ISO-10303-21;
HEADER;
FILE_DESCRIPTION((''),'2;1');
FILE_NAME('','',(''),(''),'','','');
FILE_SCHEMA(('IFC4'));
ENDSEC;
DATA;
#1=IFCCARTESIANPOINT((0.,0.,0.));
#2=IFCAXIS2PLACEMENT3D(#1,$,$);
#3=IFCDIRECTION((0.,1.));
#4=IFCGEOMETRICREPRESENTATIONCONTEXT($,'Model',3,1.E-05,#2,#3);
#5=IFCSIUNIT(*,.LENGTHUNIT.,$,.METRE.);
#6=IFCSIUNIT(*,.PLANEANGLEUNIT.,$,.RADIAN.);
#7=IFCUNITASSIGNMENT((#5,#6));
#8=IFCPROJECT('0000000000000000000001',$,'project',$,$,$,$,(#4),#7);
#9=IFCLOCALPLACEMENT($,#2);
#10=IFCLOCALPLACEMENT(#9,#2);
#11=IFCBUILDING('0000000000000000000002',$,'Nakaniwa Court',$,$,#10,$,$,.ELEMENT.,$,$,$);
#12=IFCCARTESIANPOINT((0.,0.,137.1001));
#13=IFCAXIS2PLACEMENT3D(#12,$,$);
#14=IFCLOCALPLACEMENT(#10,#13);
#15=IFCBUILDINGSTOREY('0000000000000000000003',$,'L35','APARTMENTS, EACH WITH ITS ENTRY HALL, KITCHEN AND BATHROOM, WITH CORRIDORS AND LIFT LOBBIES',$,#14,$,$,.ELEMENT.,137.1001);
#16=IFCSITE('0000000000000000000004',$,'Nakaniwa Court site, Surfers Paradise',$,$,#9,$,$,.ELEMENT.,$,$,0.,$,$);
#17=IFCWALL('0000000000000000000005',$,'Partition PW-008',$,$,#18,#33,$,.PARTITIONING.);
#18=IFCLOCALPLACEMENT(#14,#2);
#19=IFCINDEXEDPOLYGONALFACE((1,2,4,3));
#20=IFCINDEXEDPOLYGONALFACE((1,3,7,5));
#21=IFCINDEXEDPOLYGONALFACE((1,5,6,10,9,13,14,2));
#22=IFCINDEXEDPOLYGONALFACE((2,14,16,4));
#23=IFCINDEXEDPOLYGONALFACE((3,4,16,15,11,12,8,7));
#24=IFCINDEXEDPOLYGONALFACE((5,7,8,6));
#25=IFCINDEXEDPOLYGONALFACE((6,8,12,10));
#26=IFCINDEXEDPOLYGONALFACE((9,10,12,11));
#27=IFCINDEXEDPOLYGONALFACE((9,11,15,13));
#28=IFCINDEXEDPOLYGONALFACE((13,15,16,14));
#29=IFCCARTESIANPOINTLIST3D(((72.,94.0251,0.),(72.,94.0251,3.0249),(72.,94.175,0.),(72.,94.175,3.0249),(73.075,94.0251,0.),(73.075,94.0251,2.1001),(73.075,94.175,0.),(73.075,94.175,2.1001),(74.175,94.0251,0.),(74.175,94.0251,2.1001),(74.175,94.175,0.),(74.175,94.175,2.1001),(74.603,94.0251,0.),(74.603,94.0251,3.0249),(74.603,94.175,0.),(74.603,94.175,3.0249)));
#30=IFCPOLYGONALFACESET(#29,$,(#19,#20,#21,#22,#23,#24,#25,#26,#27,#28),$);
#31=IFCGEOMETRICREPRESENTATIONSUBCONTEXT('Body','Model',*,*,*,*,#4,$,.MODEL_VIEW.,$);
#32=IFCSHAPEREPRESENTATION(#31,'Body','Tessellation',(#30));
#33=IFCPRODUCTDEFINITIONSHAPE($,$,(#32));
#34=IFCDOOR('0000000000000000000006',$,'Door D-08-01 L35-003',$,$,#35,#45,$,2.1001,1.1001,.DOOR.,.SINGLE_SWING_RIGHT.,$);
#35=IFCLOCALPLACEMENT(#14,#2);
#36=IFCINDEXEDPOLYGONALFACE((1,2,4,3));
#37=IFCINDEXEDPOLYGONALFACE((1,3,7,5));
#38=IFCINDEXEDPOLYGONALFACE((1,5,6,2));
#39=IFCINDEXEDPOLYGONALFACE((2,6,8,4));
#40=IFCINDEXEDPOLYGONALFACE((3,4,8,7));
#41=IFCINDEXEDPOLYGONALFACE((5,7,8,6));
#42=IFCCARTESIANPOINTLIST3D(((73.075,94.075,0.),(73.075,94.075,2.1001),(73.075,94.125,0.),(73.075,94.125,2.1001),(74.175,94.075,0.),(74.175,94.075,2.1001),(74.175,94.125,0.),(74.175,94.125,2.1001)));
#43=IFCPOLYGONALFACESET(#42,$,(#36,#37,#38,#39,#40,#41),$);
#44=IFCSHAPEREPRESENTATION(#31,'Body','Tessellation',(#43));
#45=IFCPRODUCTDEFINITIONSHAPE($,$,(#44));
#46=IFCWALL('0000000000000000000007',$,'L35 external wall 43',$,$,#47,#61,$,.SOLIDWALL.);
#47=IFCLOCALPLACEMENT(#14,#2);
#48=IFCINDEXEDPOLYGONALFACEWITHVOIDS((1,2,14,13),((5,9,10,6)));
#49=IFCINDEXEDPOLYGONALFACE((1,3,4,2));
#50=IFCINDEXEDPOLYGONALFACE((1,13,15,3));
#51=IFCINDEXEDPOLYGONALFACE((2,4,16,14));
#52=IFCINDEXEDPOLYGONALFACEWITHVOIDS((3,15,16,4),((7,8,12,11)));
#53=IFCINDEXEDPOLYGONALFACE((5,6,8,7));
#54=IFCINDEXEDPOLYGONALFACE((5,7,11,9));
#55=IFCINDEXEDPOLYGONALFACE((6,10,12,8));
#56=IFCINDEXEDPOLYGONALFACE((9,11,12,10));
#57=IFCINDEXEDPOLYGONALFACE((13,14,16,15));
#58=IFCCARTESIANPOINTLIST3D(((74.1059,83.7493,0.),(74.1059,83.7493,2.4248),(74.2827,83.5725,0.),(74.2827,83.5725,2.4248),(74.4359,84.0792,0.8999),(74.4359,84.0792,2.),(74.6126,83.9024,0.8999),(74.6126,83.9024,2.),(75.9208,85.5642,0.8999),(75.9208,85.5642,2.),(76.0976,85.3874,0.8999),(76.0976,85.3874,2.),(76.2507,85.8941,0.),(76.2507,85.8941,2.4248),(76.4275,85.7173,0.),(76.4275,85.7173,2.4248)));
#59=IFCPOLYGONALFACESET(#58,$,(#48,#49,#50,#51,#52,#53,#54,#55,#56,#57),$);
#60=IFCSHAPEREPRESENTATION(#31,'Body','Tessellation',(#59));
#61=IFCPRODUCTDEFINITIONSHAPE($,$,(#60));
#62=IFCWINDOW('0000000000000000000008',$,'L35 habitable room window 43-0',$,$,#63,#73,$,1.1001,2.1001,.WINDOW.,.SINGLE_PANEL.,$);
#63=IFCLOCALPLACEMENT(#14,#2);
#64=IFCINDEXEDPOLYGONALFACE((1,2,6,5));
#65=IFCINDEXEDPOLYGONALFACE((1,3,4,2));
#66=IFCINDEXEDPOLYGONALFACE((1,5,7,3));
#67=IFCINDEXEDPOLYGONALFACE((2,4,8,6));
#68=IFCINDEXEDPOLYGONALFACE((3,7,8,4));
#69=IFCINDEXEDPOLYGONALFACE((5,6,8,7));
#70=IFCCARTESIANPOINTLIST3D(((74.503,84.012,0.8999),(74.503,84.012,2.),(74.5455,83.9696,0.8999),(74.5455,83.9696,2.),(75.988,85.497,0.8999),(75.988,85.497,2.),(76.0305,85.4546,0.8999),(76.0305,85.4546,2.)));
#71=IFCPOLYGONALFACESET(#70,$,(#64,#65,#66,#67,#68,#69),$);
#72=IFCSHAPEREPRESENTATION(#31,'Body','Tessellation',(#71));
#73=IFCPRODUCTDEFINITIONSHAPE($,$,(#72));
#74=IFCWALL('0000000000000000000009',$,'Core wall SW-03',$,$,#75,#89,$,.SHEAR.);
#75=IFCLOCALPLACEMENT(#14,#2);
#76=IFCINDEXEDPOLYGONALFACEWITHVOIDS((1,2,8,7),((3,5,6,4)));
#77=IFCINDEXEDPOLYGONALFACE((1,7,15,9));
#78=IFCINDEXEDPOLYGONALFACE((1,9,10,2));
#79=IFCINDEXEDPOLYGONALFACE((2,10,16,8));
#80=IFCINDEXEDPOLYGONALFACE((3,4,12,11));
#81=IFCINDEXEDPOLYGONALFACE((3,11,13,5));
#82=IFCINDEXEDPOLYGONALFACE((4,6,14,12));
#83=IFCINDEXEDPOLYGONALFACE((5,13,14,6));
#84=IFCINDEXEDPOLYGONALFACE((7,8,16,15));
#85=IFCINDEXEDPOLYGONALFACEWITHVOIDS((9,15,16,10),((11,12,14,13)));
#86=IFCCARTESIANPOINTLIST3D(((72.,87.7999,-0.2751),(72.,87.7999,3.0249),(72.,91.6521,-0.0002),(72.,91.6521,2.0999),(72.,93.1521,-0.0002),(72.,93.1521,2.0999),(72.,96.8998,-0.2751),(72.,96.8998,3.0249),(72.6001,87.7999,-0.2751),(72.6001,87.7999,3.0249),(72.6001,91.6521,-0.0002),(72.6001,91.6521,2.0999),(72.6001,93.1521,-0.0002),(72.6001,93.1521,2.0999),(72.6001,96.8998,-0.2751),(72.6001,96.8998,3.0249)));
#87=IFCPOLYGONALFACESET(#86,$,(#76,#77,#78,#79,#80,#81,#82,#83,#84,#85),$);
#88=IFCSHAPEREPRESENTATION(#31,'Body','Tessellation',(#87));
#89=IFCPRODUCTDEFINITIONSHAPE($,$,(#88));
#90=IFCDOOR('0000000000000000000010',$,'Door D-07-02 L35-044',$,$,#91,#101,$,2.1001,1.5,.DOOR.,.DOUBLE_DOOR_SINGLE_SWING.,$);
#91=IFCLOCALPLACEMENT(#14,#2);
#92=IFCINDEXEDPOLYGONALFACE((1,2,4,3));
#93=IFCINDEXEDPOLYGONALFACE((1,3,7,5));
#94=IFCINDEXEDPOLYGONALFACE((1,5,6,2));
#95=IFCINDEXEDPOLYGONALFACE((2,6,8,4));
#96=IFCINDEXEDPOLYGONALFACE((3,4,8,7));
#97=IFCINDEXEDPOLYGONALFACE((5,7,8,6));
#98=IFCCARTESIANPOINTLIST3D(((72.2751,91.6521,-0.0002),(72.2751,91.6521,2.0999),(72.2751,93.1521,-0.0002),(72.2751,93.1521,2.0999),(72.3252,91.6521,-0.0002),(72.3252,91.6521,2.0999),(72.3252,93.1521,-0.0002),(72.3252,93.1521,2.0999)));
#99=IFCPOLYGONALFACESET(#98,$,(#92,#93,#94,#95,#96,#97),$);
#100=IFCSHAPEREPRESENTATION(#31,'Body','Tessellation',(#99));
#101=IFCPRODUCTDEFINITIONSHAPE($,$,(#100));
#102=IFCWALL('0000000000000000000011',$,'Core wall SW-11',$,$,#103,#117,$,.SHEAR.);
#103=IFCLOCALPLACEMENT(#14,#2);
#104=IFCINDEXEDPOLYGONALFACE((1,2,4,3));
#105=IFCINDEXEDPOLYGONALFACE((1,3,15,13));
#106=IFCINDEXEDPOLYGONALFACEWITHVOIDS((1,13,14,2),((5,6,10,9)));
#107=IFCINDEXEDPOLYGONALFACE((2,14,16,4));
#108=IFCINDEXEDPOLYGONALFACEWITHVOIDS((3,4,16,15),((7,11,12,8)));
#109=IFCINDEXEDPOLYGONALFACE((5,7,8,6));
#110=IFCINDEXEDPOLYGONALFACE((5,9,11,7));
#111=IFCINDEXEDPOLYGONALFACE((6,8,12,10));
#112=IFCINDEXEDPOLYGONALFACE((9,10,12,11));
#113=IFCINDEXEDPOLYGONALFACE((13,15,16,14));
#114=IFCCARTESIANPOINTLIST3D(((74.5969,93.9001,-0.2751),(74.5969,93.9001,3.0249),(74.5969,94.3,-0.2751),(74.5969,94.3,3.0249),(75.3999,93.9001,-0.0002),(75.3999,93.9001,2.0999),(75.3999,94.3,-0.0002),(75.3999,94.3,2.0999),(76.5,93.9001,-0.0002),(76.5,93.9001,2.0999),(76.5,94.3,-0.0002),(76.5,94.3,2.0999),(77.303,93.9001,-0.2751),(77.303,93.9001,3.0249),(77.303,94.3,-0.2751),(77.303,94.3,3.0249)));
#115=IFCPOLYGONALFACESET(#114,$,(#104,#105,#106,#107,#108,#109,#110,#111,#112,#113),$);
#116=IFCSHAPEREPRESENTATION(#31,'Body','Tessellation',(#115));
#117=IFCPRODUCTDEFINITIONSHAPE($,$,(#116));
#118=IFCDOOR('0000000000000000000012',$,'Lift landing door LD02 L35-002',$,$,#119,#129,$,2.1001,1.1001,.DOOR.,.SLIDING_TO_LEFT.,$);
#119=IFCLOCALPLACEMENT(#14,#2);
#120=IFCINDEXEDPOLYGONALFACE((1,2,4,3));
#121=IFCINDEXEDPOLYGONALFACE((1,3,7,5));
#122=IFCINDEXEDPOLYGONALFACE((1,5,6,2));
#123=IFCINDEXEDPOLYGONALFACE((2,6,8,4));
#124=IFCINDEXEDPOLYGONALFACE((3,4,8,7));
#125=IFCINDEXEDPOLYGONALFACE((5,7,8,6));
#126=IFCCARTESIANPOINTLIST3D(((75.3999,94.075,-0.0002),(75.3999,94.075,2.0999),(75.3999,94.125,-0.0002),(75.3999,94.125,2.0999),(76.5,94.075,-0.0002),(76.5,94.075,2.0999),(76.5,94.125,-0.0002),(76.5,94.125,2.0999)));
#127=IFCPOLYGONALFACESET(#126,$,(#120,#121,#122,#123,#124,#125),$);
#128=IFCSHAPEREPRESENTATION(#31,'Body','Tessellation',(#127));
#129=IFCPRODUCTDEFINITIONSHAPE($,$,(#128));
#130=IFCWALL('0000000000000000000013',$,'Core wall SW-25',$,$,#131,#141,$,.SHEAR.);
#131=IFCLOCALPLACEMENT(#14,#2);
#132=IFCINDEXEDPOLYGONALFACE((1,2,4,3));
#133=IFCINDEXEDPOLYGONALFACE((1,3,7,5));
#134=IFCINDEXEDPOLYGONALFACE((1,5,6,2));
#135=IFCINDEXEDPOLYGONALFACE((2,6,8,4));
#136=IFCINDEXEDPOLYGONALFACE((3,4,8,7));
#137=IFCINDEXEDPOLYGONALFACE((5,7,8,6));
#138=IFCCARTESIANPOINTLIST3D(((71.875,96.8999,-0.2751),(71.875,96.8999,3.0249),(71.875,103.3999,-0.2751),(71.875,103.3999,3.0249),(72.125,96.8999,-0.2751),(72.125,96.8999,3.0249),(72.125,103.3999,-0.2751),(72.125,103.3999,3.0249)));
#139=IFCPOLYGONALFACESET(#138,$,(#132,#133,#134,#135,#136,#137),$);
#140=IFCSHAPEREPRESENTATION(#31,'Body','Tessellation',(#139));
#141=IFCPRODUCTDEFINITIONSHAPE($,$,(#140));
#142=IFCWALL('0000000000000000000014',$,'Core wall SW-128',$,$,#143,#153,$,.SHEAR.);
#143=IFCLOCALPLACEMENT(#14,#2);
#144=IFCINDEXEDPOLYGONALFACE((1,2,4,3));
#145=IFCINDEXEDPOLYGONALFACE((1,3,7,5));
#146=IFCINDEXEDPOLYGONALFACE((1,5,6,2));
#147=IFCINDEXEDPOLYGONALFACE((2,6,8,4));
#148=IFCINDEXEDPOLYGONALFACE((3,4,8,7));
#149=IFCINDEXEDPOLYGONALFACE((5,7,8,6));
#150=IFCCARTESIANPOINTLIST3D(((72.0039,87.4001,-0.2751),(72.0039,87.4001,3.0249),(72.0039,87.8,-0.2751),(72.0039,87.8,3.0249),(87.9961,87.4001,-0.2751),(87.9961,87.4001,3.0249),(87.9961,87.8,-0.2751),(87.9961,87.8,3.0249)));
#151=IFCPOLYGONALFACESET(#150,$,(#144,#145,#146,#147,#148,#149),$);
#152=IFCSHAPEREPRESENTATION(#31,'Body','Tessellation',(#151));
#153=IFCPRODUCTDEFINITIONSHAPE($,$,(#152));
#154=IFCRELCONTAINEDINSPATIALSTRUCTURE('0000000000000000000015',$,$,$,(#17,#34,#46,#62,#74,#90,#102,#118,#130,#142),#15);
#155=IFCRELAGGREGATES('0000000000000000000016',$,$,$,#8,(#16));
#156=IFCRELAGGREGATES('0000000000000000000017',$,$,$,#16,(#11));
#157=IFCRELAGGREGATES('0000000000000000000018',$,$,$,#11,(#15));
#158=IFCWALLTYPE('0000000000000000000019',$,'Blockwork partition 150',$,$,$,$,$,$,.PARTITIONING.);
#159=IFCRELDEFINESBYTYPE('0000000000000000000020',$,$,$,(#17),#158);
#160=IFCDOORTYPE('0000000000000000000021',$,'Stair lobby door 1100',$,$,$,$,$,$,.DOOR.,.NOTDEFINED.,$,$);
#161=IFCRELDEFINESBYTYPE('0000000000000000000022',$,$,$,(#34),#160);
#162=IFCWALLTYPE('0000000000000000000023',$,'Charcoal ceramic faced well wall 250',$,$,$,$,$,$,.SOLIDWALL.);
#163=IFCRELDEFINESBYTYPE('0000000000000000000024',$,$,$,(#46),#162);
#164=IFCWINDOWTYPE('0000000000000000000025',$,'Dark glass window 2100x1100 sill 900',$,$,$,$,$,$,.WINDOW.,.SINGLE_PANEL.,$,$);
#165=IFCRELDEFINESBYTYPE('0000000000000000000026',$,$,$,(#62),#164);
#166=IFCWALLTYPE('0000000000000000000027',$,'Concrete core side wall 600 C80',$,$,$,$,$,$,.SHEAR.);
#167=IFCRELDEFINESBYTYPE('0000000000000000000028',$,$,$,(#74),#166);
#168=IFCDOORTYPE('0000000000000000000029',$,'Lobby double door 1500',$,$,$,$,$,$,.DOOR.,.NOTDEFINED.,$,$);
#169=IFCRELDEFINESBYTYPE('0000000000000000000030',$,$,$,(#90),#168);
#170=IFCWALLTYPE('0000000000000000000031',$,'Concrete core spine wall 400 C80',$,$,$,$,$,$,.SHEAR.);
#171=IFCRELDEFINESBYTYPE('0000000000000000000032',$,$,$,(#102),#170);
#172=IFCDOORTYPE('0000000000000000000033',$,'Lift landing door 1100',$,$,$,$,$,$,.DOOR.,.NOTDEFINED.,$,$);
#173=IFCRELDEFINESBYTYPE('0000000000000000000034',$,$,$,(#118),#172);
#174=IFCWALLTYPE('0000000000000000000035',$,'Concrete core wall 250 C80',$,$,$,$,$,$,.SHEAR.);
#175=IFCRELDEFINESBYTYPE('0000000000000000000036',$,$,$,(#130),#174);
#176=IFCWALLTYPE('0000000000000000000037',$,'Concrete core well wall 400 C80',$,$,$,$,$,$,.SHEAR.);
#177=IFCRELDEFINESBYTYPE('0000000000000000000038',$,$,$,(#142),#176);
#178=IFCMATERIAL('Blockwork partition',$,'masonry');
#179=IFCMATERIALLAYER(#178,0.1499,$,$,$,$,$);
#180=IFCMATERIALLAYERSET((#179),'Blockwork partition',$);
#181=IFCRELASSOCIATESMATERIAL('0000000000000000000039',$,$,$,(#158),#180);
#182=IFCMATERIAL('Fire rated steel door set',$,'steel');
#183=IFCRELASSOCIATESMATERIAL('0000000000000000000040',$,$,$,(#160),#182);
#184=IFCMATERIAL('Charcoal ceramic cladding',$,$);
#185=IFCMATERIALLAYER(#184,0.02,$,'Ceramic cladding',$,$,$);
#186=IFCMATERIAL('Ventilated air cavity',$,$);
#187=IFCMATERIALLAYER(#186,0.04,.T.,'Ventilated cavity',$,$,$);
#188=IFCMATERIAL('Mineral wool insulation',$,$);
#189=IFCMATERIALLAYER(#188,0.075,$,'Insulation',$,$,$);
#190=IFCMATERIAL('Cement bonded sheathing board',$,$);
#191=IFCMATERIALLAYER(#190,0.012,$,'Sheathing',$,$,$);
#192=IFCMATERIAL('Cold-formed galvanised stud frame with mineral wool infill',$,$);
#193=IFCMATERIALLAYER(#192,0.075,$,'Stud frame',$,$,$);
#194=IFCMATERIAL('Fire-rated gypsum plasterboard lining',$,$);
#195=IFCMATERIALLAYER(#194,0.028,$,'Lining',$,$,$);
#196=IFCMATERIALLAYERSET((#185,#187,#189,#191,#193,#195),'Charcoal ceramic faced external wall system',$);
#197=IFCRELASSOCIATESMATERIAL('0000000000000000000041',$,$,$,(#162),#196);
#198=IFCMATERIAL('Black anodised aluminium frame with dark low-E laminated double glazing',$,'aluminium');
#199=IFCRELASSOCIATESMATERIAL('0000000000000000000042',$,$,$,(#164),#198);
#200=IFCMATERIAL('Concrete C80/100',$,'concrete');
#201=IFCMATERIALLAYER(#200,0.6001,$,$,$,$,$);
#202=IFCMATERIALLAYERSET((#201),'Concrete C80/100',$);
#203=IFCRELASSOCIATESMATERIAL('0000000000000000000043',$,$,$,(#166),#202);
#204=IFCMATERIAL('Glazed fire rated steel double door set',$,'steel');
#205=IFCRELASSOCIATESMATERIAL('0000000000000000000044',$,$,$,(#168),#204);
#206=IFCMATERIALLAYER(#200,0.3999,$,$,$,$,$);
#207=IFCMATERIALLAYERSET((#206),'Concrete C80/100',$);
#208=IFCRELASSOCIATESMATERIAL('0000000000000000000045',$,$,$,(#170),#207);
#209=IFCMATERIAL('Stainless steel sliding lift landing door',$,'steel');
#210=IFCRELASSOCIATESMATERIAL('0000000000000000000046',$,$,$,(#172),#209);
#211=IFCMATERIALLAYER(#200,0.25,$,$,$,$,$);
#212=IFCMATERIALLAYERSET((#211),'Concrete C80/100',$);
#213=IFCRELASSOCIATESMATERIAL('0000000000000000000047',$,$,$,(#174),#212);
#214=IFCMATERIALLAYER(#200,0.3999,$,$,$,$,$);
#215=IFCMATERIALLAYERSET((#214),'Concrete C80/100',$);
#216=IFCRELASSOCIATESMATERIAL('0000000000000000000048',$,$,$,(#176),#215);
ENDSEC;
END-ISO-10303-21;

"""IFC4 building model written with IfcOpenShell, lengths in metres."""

from ifc_helpers import new_model, si_unit, direction, frame, frame_2d, origin, place, context, subcontext, project, spatial, rectangle, extrude, material, layer, layer_set, type_object, element, fill, save


model = new_model("IFC4")

# Units and contexts
model_context = context("Model", 3, precision=1e-05, world=origin(), true_north=direction((0.0, 1.0)))
body_context = subcontext(model_context, "Body", "Model", "MODEL_VIEW")
ifc_project = project(units=[si_unit("LENGTHUNIT", "METRE"), si_unit("PLANEANGLEUNIT", "RADIAN")], contexts=[model_context])

# Site, building, storey
site_placement = place(None, origin())
site = spatial("IfcSite", under=ifc_project, at=site_placement, Name="Nakaniwa Court site, Surfers Paradise", CompositionType="ELEMENT", RefElevation=0.0)
building_placement = place(site_placement, origin())
building = spatial("IfcBuilding", under=site, at=building_placement, Name="Nakaniwa Court", CompositionType="ELEMENT")
storey_placement = place(building_placement, frame((0.0, 0.0, 137.1001)))
storey = spatial("IfcBuildingStorey", under=building, at=storey_placement, Name="L35", Description="APARTMENTS, EACH WITH ITS ENTRY HALL, KITCHEN AND BATHROOM, WITH CORRIDORS AND LIFT LOBBIES", CompositionType="ELEMENT", Elevation=137.1001)

# Shared definitions
ifc_material_1 = material(Name="Concrete C80/100", Category="concrete")

# Shared definitions
ifc_material_2 = material(Name="Blockwork partition", Category="masonry")
ifc_layer_1 = layer(ifc_material_2, 0.1499)
ifc_layer_set_1 = layer_set([ifc_layer_1], Name="Blockwork partition")
wall_type_1 = type_object("IfcWallType", Name="Blockwork partition 150", PredefinedType="PARTITIONING", material=ifc_layer_set_1)

# Wall, opening, door
wall_1_placement = place(storey_placement, frame((72.0, 94.1001, 0.0), z_axis=(0.0, 0.0, 1.0), x_axis=(1.0, 0.0, 0.0)))
wall_1 = element("IfcWall", 1, at=wall_1_placement, inside=storey, type_object=wall_type_1, Name="Partition PW-008", PredefinedType="PARTITIONING", context=body_context, shape_type="SweptSolid", body=[
    extrude(rectangle(XDim=2.603, YDim=0.1499, at=frame_2d((1.3015, 0.0))), origin(), (0.0, 0.0, 1.0), 3.0249),
])
opening_1_placement = place(wall_1_placement, frame((1.075, 0.0, 0.0)))
opening_1 = element("IfcOpeningElement", 2, at=opening_1_placement, cuts=wall_1, PredefinedType="OPENING", context=body_context, shape_type="SweptSolid", body=[
    extrude(rectangle(XDim=1.1001, YDim=2.1001, at=frame_2d((0.55, 1.05))), frame((0.0, 0.085, 0.0), z_axis=(0.0, -1.0, 0.0), x_axis=(1.0, 0.0, 0.0)), (0.0, 0.0, 1.0), 0.1699),
])
ifc_material_3 = material(Name="Fire rated steel door set", Category="steel")
door_type_1 = type_object("IfcDoorType", Name="Stair lobby door 1100", OperationType="NOTDEFINED", PredefinedType="DOOR", material=ifc_material_3)
door_1_placement = place(opening_1_placement, origin())
door_1 = element("IfcDoor", 3, at=door_1_placement, inside=storey, type_object=door_type_1, Name="Door D-08-01 L35-003", OperationType="SINGLE_SWING_RIGHT", OverallHeight=2.1001, OverallWidth=1.1001, PredefinedType="DOOR", context=body_context, shape_type="SweptSolid", body=[
    extrude(rectangle(XDim=1.1001, YDim=2.1001, at=frame_2d((0.55, 1.05))), frame((0.0, 0.0249, 0.0), z_axis=(0.0, -1.0, 0.0), x_axis=(1.0, 0.0, 0.0)), (0.0, 0.0, 1.0), 0.05),
])
fill(opening_1, door_1)

# Wall, opening, window
ifc_material_4 = material(Name="Charcoal ceramic cladding")
ifc_layer_2 = layer(ifc_material_4, 0.02, Name="Ceramic cladding")
ifc_material_5 = material(Name="Ventilated air cavity")
ifc_layer_3 = layer(ifc_material_5, 0.04, ventilated=True, Name="Ventilated cavity")
ifc_material_6 = material(Name="Mineral wool insulation")
ifc_layer_4 = layer(ifc_material_6, 0.075, Name="Insulation")
ifc_material_7 = material(Name="Cement bonded sheathing board")
ifc_layer_5 = layer(ifc_material_7, 0.012, Name="Sheathing")
ifc_material_8 = material(Name="Cold-formed galvanised stud frame with mineral wool infill")
ifc_layer_6 = layer(ifc_material_8, 0.075, Name="Stud frame")
ifc_material_9 = material(Name="Fire-rated gypsum plasterboard lining")
ifc_layer_7 = layer(ifc_material_9, 0.028, Name="Lining")
ifc_layer_set_2 = layer_set([ifc_layer_2, ifc_layer_3, ifc_layer_4, ifc_layer_5, ifc_layer_6, ifc_layer_7], Name="Charcoal ceramic faced external wall system")
wall_type_2 = type_object("IfcWallType", Name="Charcoal ceramic faced well wall 250", PredefinedType="SOLIDWALL", material=ifc_layer_set_2)
wall_2_placement = place(storey_placement, frame((74.1943, 83.6609, 0.0), z_axis=(0.0, 0.0, 1.0), x_axis=(0.707107, 0.707107, 0.0)))
wall_2 = element("IfcWall", 4, at=wall_2_placement, inside=storey, type_object=wall_type_2, Name="L35 external wall 43", PredefinedType="SOLIDWALL", context=body_context, shape_type="SweptSolid", body=[
    extrude(rectangle(XDim=3.0332, YDim=0.25, at=frame_2d((1.5166, 0.0))), origin(), (0.0, 0.0, 1.0), 2.4248),
])
opening_2_placement = place(wall_2_placement, frame((0.4666, 0.0, 0.8999)))
opening_2 = element("IfcOpeningElement", 5, at=opening_2_placement, cuts=wall_2, PredefinedType="OPENING", context=body_context, shape_type="SweptSolid", body=[
    extrude(rectangle(XDim=2.1001, YDim=1.1001, at=frame_2d((1.05, 0.55))), frame((0.0, 0.135, 0.0), z_axis=(0.0, -1.0, 0.0), x_axis=(1.0, 0.0, 0.0)), (0.0, 0.0, 1.0), 0.27),
])
ifc_material_10 = material(Name="Black anodised aluminium frame with dark low-E laminated double glazing", Category="aluminium")
window_type = type_object("IfcWindowType", Name="Dark glass window 2100x1100 sill 900", PartitioningType="SINGLE_PANEL", PredefinedType="WINDOW", material=ifc_material_10)
window_placement = place(opening_2_placement, origin())
window = element("IfcWindow", 6, at=window_placement, inside=storey, type_object=window_type, Name="L35 habitable room window 43-0", OverallHeight=1.1001, OverallWidth=2.1001, PartitioningType="SINGLE_PANEL", PredefinedType="WINDOW", context=body_context, shape_type="SweptSolid", body=[
    extrude(rectangle(XDim=2.1001, YDim=1.1001, at=frame_2d((1.05, 0.55))), frame((0.0, 0.03, 0.0), z_axis=(0.0, -1.0, 0.0), x_axis=(1.0, 0.0, 0.0)), (0.0, 0.0, 1.0), 0.0601),
])
fill(opening_2, window)

# Walls, openings, doors
ifc_layer_8 = layer(ifc_material_1, 0.6001)
ifc_layer_set_3 = layer_set([ifc_layer_8], Name="Concrete C80/100")
wall_type_3 = type_object("IfcWallType", Name="Concrete core side wall 600 C80", PredefinedType="SHEAR", material=ifc_layer_set_3)
wall_3_placement = place(storey_placement, frame((72.3, 87.8, -0.2751), z_axis=(0.0, 0.0, 1.0), x_axis=(0.0, 1.0, 0.0)))
wall_3 = element("IfcWall", 7, at=wall_3_placement, inside=storey, type_object=wall_type_3, Name="Core wall SW-03", PredefinedType="SHEAR", context=body_context, shape_type="SweptSolid", body=[
    extrude(rectangle(XDim=9.0999, YDim=0.6001, at=frame_2d((4.5498, 0.0))), origin(), (0.0, 0.0, 1.0), 3.3),
])
opening_3_placement = place(wall_3_placement, frame((3.8521, 0.0, 0.2749)))
opening_3 = element("IfcOpeningElement", 8, at=opening_3_placement, cuts=wall_3, PredefinedType="OPENING", context=body_context, shape_type="SweptSolid", body=[
    extrude(rectangle(XDim=1.5, YDim=2.1001, at=frame_2d((0.75, 1.05))), frame((0.0, 0.3101, 0.0), z_axis=(0.0, -1.0, 0.0), x_axis=(1.0, 0.0, 0.0)), (0.0, 0.0, 1.0), 0.6201),
])
ifc_material_11 = material(Name="Glazed fire rated steel double door set", Category="steel")
door_type_2 = type_object("IfcDoorType", Name="Lobby double door 1500", OperationType="NOTDEFINED", PredefinedType="DOOR", material=ifc_material_11)
door_2_placement = place(opening_3_placement, origin())
door_2 = element("IfcDoor", 9, at=door_2_placement, inside=storey, type_object=door_type_2, Name="Door D-07-02 L35-044", OperationType="DOUBLE_DOOR_SINGLE_SWING", OverallHeight=2.1001, OverallWidth=1.5, PredefinedType="DOOR", context=body_context, shape_type="SweptSolid", body=[
    extrude(rectangle(XDim=1.5, YDim=2.1001, at=frame_2d((0.75, 1.05))), frame((0.0, 0.0249, 0.0), z_axis=(0.0, -1.0, 0.0), x_axis=(1.0, 0.0, 0.0)), (0.0, 0.0, 1.0), 0.05),
])
fill(opening_3, door_2)
ifc_layer_9 = layer(ifc_material_1, 0.3999)
ifc_layer_set_4 = layer_set([ifc_layer_9], Name="Concrete C80/100")
wall_type_4 = type_object("IfcWallType", Name="Concrete core spine wall 400 C80", PredefinedType="SHEAR", material=ifc_layer_set_4)
wall_4_placement = place(storey_placement, frame((74.5969, 94.1001, -0.2751), z_axis=(0.0, 0.0, 1.0), x_axis=(1.0, 0.0, 0.0)))
wall_4 = element("IfcWall", 10, at=wall_4_placement, inside=storey, type_object=wall_type_4, Name="Core wall SW-11", PredefinedType="SHEAR", context=body_context, shape_type="SweptSolid", body=[
    extrude(rectangle(XDim=2.7061, YDim=0.3999, at=frame_2d((1.353, 0.0))), origin(), (0.0, 0.0, 1.0), 3.3),
])
opening_4_placement = place(wall_4_placement, frame((0.803, 0.0, 0.2749)))
opening_4 = element("IfcOpeningElement", 11, at=opening_4_placement, cuts=wall_4, PredefinedType="OPENING", context=body_context, shape_type="SweptSolid", body=[
    extrude(rectangle(XDim=1.1001, YDim=2.1001, at=frame_2d((0.55, 1.05))), frame((0.0, 0.21, 0.0), z_axis=(0.0, -1.0, 0.0), x_axis=(1.0, 0.0, 0.0)), (0.0, 0.0, 1.0), 0.4199),
])
ifc_material_12 = material(Name="Stainless steel sliding lift landing door", Category="steel")
door_type_3 = type_object("IfcDoorType", Name="Lift landing door 1100", OperationType="NOTDEFINED", PredefinedType="DOOR", material=ifc_material_12)
door_3_placement = place(opening_4_placement, origin())
door_3 = element("IfcDoor", 12, at=door_3_placement, inside=storey, type_object=door_type_3, Name="Lift landing door LD02 L35-002", OperationType="SLIDING_TO_LEFT", OverallHeight=2.1001, OverallWidth=1.1001, PredefinedType="DOOR", context=body_context, shape_type="SweptSolid", body=[
    extrude(rectangle(XDim=1.1001, YDim=2.1001, at=frame_2d((0.55, 1.05))), frame((0.0, 0.0249, 0.0), z_axis=(0.0, -1.0, 0.0), x_axis=(1.0, 0.0, 0.0)), (0.0, 0.0, 1.0), 0.05),
])
fill(opening_4, door_3)

# Walls
ifc_layer_10 = layer(ifc_material_1, 0.25)
ifc_layer_set_5 = layer_set([ifc_layer_10], Name="Concrete C80/100")
wall_type_5 = type_object("IfcWallType", Name="Concrete core wall 250 C80", PredefinedType="SHEAR", material=ifc_layer_set_5)
wall_5_placement = place(storey_placement, frame((72.0, 96.8999, -0.2751), z_axis=(0.0, 0.0, 1.0), x_axis=(0.0, 1.0, 0.0)))
element("IfcWall", 13, at=wall_5_placement, inside=storey, type_object=wall_type_5, Name="Core wall SW-25", PredefinedType="SHEAR", context=body_context, shape_type="SweptSolid", body=[
    extrude(rectangle(XDim=6.5, YDim=0.25, at=frame_2d((3.25, 0.0))), origin(), (0.0, 0.0, 1.0), 3.3),
])
ifc_layer_11 = layer(ifc_material_1, 0.3999)
ifc_layer_set_6 = layer_set([ifc_layer_11], Name="Concrete C80/100")
wall_type_6 = type_object("IfcWallType", Name="Concrete core well wall 400 C80", PredefinedType="SHEAR", material=ifc_layer_set_6)
wall_6_placement = place(storey_placement, frame((72.0039, 87.6001, -0.2751), z_axis=(0.0, 0.0, 1.0), x_axis=(1.0, 0.0, 0.0)))
element("IfcWall", 14, at=wall_6_placement, inside=storey, type_object=wall_type_6, Name="Core wall SW-128", PredefinedType="SHEAR", context=body_context, shape_type="SweptSolid", body=[
    extrude(rectangle(XDim=15.9922, YDim=0.3999, at=frame_2d((7.9961, 0.0))), origin(), (0.0, 0.0, 1.0), 3.3),
])

save(model, "model.ifc")
